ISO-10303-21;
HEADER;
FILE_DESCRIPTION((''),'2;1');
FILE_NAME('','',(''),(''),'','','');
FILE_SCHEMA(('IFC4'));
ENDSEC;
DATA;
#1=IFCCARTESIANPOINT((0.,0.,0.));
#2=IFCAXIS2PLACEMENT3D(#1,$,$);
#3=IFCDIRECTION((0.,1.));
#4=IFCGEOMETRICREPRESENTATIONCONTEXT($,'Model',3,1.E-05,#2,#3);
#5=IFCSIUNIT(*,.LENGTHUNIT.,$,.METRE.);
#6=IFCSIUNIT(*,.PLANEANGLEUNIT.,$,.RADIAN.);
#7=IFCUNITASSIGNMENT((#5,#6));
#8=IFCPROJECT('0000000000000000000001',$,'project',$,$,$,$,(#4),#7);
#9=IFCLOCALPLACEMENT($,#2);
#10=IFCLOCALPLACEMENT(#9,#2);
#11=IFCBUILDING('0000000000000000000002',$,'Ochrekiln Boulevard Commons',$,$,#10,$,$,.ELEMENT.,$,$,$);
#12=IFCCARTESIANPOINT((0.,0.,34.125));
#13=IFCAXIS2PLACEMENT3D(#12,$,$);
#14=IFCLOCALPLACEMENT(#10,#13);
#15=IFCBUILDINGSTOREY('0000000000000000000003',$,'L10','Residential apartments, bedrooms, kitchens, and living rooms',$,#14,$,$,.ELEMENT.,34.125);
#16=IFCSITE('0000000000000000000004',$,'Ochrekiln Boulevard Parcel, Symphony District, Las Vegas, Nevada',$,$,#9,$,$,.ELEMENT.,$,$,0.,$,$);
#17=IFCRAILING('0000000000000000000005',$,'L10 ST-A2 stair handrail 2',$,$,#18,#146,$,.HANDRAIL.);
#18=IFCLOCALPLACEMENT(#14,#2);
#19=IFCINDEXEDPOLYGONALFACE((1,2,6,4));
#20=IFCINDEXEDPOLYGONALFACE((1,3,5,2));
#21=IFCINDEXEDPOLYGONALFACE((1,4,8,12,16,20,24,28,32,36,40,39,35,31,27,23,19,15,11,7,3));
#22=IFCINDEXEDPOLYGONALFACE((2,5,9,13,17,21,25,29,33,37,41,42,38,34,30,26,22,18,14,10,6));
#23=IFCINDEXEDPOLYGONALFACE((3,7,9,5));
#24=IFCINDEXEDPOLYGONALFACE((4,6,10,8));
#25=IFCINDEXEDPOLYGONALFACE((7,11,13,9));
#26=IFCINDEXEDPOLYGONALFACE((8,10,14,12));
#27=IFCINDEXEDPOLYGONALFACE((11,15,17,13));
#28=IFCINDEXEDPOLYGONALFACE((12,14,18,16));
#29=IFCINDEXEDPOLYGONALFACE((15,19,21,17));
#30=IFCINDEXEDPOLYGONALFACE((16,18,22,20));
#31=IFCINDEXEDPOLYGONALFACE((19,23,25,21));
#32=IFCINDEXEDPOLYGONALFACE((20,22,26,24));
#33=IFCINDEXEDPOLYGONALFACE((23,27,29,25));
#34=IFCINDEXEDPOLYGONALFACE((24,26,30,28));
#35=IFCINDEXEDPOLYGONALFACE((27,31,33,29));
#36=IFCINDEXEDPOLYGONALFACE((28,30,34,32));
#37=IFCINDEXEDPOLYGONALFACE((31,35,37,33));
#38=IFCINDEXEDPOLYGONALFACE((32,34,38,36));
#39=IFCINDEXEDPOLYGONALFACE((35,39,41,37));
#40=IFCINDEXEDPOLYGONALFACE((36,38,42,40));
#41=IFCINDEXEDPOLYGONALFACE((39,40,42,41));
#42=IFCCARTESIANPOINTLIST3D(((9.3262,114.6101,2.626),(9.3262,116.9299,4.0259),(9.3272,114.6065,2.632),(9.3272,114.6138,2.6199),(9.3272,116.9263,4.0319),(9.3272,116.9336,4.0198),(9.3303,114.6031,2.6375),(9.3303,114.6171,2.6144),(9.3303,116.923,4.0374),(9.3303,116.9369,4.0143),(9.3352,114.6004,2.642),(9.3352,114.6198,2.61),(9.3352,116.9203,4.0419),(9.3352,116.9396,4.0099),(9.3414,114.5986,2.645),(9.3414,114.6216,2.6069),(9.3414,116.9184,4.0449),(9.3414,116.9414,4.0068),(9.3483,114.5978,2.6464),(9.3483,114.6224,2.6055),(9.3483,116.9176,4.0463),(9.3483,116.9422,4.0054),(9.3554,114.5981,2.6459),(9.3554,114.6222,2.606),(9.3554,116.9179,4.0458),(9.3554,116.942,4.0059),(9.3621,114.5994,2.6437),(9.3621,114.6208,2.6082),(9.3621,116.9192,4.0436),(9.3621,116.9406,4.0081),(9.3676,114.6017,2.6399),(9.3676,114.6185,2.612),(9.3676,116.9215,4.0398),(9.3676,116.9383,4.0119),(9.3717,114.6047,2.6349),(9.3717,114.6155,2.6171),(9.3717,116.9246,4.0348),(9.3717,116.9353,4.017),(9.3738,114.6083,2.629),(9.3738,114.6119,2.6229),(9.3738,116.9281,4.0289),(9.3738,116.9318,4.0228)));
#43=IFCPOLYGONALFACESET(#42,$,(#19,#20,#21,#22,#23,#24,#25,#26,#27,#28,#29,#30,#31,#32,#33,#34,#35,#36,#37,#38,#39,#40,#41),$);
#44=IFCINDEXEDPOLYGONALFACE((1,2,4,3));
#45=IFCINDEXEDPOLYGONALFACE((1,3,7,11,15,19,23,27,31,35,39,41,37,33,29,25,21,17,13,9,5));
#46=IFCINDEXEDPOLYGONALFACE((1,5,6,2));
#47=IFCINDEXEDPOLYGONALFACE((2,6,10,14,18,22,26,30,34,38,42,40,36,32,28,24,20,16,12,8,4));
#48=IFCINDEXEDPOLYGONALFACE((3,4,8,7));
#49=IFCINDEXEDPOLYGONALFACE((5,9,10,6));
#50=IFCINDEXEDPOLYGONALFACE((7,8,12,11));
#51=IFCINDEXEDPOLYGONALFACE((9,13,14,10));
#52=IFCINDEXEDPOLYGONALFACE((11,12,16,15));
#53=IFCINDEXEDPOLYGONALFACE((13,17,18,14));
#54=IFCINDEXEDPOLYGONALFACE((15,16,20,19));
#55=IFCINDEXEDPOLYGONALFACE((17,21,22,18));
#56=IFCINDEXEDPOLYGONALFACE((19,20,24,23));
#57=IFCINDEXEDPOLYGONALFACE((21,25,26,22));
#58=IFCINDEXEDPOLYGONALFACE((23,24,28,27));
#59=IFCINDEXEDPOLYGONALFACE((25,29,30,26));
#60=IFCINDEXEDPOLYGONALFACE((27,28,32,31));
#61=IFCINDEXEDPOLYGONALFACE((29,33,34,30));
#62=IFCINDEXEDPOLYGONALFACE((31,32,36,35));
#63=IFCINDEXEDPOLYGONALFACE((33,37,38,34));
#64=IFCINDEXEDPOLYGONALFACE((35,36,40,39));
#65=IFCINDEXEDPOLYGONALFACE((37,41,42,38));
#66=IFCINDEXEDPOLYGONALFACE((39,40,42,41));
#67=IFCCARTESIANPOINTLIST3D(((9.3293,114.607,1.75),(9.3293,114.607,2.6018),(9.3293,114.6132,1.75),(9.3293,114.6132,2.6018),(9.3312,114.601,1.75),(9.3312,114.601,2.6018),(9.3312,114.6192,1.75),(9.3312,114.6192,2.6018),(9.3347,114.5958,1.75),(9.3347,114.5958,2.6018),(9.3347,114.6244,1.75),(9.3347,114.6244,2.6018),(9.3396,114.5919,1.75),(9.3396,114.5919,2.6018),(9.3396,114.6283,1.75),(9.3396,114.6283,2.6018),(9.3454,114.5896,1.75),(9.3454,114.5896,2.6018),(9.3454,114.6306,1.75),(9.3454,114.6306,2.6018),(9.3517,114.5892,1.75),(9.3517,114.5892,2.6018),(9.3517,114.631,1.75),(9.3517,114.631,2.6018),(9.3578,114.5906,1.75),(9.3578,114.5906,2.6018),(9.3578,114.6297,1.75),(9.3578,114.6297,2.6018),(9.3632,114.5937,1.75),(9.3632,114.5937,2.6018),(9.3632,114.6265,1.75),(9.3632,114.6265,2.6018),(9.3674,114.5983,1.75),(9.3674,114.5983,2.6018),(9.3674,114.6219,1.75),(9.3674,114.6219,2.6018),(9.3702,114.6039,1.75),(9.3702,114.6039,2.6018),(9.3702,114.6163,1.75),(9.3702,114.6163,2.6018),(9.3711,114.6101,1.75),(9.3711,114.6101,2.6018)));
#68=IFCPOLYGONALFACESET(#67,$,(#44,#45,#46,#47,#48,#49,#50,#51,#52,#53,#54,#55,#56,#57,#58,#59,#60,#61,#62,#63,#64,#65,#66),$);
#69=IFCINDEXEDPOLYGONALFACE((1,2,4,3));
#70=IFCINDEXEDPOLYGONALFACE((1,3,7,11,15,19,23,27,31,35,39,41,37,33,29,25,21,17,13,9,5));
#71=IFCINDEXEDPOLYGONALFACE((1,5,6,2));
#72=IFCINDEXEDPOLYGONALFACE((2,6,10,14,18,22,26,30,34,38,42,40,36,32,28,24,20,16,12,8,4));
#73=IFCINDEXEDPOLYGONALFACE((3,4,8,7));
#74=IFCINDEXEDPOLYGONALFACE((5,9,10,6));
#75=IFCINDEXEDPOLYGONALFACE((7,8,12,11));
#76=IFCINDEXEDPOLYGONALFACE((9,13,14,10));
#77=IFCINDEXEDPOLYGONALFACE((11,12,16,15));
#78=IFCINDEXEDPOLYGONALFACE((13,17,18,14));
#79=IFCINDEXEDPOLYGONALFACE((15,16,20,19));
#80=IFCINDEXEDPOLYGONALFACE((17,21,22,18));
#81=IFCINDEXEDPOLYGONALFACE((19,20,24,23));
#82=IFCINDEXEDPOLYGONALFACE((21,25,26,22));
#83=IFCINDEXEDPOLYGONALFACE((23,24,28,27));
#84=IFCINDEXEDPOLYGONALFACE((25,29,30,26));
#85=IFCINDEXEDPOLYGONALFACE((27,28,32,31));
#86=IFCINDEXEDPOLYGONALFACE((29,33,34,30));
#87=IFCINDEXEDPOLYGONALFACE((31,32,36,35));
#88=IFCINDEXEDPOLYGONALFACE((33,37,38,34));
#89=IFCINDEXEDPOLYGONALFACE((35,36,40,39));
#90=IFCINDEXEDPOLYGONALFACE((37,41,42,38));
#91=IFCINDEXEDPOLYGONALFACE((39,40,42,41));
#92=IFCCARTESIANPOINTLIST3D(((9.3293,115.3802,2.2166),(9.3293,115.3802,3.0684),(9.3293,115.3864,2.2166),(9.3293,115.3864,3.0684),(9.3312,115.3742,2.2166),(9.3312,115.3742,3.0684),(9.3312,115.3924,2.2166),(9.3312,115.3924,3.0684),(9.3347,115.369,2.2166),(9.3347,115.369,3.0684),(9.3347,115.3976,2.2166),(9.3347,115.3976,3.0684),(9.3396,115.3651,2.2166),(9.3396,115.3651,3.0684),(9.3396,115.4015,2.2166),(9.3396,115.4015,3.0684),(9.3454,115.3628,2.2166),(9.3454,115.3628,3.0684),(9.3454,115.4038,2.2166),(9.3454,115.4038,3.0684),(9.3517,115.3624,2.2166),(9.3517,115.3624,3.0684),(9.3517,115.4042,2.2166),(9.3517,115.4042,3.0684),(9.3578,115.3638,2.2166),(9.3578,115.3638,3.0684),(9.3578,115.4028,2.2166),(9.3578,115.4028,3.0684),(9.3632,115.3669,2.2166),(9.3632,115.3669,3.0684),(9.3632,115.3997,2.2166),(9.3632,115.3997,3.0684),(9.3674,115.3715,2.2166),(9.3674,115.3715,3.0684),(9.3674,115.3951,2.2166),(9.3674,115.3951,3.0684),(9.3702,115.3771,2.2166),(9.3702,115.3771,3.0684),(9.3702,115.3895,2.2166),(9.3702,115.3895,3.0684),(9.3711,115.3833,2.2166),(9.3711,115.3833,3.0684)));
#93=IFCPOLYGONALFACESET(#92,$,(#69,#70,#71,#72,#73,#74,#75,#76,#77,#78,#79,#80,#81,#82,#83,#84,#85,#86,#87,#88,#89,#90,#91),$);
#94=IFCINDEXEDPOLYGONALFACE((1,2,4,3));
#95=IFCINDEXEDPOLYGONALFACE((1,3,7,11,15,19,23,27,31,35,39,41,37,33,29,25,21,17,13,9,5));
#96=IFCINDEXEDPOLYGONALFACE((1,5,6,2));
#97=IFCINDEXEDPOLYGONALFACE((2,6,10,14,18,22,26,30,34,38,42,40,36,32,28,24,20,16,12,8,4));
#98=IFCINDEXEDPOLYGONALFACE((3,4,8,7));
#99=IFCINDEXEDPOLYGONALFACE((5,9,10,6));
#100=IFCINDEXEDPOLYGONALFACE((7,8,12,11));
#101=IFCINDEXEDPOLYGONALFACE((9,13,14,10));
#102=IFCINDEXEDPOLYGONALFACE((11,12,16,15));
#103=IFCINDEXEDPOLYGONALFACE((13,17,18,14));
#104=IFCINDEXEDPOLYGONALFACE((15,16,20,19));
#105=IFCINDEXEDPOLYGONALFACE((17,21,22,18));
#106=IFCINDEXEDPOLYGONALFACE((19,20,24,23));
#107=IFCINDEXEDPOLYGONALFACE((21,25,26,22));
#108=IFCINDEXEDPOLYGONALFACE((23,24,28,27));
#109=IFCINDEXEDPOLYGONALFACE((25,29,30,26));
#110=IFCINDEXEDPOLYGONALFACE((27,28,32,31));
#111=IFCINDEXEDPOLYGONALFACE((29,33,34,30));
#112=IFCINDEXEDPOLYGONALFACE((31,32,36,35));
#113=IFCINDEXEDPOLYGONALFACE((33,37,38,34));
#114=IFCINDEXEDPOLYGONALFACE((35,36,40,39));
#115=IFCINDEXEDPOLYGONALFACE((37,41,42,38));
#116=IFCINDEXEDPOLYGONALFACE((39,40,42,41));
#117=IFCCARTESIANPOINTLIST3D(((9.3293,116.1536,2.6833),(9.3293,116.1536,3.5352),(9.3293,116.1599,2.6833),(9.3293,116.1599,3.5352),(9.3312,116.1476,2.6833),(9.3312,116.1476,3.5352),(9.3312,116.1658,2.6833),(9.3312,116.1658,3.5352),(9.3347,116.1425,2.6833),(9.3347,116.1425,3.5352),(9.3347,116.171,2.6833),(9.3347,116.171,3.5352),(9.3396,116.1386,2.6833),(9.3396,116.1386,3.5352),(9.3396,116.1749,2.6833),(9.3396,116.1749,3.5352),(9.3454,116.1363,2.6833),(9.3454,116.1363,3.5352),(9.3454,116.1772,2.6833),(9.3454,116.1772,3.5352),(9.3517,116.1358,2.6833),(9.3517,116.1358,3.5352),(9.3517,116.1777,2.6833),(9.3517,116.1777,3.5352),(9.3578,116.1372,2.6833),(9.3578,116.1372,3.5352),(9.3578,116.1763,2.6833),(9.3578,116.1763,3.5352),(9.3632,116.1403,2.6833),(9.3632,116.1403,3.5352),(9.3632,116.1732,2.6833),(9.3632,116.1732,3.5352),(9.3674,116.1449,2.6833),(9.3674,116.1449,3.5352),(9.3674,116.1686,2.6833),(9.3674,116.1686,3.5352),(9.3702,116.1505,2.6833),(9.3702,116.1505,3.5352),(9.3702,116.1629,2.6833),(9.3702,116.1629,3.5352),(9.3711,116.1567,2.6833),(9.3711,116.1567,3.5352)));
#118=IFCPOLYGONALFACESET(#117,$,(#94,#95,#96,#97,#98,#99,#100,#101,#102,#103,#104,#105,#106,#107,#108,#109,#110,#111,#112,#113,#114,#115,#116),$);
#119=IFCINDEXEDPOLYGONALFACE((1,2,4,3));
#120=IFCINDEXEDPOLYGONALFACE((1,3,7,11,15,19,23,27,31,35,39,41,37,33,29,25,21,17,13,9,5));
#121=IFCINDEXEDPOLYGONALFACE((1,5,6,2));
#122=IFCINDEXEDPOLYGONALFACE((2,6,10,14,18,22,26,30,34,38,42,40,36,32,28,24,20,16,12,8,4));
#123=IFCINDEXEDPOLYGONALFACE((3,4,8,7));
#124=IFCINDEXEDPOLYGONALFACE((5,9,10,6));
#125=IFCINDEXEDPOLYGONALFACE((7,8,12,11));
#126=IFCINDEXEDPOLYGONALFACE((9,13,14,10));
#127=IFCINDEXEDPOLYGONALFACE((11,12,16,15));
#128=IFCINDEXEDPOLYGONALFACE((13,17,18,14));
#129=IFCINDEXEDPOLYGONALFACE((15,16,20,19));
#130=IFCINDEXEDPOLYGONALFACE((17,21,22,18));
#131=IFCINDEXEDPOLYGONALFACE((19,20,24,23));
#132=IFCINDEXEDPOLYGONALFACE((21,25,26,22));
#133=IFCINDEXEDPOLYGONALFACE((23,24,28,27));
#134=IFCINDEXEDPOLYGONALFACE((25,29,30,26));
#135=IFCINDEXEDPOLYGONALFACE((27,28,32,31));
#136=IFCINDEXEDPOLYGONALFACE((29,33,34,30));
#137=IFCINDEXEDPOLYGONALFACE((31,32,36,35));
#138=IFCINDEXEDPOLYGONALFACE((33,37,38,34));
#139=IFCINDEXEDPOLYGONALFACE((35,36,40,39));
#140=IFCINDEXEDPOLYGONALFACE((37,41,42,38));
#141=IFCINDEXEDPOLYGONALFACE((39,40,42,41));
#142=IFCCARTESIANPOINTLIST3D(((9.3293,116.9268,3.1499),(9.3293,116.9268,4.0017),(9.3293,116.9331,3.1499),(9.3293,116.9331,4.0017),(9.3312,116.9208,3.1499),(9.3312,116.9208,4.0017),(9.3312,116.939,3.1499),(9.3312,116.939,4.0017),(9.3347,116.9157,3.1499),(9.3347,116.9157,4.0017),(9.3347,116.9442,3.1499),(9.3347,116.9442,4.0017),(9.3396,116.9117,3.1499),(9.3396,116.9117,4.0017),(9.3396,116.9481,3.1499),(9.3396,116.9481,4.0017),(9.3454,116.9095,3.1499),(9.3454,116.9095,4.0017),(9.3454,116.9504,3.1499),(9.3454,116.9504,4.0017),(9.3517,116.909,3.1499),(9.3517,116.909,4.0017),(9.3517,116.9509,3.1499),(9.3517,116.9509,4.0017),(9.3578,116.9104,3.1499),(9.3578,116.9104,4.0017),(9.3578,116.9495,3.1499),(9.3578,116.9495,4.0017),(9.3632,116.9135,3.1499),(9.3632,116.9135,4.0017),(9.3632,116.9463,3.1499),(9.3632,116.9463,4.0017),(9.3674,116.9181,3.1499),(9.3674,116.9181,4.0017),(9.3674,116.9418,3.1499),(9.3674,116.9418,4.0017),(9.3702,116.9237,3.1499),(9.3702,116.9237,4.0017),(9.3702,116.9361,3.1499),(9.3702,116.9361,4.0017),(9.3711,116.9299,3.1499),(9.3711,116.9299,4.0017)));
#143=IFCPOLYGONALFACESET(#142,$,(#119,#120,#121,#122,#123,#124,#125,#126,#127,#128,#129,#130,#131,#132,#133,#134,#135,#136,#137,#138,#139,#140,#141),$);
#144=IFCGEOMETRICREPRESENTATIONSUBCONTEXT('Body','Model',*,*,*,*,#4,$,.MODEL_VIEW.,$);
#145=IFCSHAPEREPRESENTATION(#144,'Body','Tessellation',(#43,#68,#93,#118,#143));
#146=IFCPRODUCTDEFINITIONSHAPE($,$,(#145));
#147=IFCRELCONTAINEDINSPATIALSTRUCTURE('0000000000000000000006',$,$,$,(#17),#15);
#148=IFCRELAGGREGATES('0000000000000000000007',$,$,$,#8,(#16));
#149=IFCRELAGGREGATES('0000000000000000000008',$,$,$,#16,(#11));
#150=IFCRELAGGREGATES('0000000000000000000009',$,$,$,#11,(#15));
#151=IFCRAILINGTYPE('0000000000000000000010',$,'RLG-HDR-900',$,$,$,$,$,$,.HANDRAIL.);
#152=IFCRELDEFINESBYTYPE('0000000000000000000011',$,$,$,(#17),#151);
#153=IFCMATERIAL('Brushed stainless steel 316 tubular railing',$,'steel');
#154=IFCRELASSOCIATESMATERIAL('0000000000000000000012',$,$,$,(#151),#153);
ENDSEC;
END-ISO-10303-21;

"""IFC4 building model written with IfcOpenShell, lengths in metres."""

from ifc_helpers import new_model, si_unit, direction, frame, origin, origin_2d, place, context, subcontext, project, spatial, circle, extrude, material, type_object, element, save


model = new_model("IFC4")

# Units and contexts
model_context = context("Model", 3, precision=1e-05, world=origin(), true_north=direction((0.0, 1.0)))
body_context = subcontext(model_context, "Body", "Model", "MODEL_VIEW")
ifc_project = project(units=[si_unit("LENGTHUNIT", "METRE"), si_unit("PLANEANGLEUNIT", "RADIAN")], contexts=[model_context])

# Site, building, storey
site_placement = place(None, origin())
site = spatial("IfcSite", under=ifc_project, at=site_placement, Name="Ochrekiln Boulevard Parcel, Symphony District, Las Vegas, Nevada", CompositionType="ELEMENT", RefElevation=0.0)
building_placement = place(site_placement, origin())
building = spatial("IfcBuilding", under=site, at=building_placement, Name="Ochrekiln Boulevard Commons", CompositionType="ELEMENT")
storey_placement = place(building_placement, frame((0.0, 0.0, 34.125)))
storey = spatial("IfcBuildingStorey", under=building, at=storey_placement, Name="L10", Description="Residential apartments, bedrooms, kitchens, and living rooms", CompositionType="ELEMENT", Elevation=34.125)

# Railing
ifc_material_1 = material(Name="Brushed stainless steel 316 tubular railing", Category="steel")
railing_type_1 = type_object("IfcRailingType", Name="RLG-HDR-900", PredefinedType="HANDRAIL", material=ifc_material_1)
railing_1_placement = place(storey_placement, frame((9.3501, 114.6101, 1.75)))
element("IfcRailing", 1, at=railing_1_placement, inside=storey, type_object=railing_type_1, Name="L10 ST-A2 stair handrail 2", PredefinedType="HANDRAIL", context=body_context, shape_type="SweptSolid", body=[
    extrude(circle(Radius=0.0239, at=origin_2d()), frame((0.0, 0.0, 0.876), z_axis=(0.0, 0.856186, 0.516667), x_axis=(-1.0, 0.0, 0.0)), (0.0, 0.0, 1.0), 2.7095),
    extrude(circle(Radius=0.021, at=origin_2d()), origin(), (0.0, 0.0, 1.0), 0.8518),
    extrude(circle(Radius=0.021, at=origin_2d()), frame((0.0, 0.7732, 0.4666)), (0.0, 0.0, 1.0), 0.8518),
    extrude(circle(Radius=0.021, at=origin_2d()), frame((0.0, 1.5466, 0.9333)), (0.0, 0.0, 1.0), 0.8518),
    extrude(circle(Radius=0.021, at=origin_2d()), frame((0.0, 2.3198, 1.3999)), (0.0, 0.0, 1.0), 0.8518),
])

save(model, "model.ifc")
